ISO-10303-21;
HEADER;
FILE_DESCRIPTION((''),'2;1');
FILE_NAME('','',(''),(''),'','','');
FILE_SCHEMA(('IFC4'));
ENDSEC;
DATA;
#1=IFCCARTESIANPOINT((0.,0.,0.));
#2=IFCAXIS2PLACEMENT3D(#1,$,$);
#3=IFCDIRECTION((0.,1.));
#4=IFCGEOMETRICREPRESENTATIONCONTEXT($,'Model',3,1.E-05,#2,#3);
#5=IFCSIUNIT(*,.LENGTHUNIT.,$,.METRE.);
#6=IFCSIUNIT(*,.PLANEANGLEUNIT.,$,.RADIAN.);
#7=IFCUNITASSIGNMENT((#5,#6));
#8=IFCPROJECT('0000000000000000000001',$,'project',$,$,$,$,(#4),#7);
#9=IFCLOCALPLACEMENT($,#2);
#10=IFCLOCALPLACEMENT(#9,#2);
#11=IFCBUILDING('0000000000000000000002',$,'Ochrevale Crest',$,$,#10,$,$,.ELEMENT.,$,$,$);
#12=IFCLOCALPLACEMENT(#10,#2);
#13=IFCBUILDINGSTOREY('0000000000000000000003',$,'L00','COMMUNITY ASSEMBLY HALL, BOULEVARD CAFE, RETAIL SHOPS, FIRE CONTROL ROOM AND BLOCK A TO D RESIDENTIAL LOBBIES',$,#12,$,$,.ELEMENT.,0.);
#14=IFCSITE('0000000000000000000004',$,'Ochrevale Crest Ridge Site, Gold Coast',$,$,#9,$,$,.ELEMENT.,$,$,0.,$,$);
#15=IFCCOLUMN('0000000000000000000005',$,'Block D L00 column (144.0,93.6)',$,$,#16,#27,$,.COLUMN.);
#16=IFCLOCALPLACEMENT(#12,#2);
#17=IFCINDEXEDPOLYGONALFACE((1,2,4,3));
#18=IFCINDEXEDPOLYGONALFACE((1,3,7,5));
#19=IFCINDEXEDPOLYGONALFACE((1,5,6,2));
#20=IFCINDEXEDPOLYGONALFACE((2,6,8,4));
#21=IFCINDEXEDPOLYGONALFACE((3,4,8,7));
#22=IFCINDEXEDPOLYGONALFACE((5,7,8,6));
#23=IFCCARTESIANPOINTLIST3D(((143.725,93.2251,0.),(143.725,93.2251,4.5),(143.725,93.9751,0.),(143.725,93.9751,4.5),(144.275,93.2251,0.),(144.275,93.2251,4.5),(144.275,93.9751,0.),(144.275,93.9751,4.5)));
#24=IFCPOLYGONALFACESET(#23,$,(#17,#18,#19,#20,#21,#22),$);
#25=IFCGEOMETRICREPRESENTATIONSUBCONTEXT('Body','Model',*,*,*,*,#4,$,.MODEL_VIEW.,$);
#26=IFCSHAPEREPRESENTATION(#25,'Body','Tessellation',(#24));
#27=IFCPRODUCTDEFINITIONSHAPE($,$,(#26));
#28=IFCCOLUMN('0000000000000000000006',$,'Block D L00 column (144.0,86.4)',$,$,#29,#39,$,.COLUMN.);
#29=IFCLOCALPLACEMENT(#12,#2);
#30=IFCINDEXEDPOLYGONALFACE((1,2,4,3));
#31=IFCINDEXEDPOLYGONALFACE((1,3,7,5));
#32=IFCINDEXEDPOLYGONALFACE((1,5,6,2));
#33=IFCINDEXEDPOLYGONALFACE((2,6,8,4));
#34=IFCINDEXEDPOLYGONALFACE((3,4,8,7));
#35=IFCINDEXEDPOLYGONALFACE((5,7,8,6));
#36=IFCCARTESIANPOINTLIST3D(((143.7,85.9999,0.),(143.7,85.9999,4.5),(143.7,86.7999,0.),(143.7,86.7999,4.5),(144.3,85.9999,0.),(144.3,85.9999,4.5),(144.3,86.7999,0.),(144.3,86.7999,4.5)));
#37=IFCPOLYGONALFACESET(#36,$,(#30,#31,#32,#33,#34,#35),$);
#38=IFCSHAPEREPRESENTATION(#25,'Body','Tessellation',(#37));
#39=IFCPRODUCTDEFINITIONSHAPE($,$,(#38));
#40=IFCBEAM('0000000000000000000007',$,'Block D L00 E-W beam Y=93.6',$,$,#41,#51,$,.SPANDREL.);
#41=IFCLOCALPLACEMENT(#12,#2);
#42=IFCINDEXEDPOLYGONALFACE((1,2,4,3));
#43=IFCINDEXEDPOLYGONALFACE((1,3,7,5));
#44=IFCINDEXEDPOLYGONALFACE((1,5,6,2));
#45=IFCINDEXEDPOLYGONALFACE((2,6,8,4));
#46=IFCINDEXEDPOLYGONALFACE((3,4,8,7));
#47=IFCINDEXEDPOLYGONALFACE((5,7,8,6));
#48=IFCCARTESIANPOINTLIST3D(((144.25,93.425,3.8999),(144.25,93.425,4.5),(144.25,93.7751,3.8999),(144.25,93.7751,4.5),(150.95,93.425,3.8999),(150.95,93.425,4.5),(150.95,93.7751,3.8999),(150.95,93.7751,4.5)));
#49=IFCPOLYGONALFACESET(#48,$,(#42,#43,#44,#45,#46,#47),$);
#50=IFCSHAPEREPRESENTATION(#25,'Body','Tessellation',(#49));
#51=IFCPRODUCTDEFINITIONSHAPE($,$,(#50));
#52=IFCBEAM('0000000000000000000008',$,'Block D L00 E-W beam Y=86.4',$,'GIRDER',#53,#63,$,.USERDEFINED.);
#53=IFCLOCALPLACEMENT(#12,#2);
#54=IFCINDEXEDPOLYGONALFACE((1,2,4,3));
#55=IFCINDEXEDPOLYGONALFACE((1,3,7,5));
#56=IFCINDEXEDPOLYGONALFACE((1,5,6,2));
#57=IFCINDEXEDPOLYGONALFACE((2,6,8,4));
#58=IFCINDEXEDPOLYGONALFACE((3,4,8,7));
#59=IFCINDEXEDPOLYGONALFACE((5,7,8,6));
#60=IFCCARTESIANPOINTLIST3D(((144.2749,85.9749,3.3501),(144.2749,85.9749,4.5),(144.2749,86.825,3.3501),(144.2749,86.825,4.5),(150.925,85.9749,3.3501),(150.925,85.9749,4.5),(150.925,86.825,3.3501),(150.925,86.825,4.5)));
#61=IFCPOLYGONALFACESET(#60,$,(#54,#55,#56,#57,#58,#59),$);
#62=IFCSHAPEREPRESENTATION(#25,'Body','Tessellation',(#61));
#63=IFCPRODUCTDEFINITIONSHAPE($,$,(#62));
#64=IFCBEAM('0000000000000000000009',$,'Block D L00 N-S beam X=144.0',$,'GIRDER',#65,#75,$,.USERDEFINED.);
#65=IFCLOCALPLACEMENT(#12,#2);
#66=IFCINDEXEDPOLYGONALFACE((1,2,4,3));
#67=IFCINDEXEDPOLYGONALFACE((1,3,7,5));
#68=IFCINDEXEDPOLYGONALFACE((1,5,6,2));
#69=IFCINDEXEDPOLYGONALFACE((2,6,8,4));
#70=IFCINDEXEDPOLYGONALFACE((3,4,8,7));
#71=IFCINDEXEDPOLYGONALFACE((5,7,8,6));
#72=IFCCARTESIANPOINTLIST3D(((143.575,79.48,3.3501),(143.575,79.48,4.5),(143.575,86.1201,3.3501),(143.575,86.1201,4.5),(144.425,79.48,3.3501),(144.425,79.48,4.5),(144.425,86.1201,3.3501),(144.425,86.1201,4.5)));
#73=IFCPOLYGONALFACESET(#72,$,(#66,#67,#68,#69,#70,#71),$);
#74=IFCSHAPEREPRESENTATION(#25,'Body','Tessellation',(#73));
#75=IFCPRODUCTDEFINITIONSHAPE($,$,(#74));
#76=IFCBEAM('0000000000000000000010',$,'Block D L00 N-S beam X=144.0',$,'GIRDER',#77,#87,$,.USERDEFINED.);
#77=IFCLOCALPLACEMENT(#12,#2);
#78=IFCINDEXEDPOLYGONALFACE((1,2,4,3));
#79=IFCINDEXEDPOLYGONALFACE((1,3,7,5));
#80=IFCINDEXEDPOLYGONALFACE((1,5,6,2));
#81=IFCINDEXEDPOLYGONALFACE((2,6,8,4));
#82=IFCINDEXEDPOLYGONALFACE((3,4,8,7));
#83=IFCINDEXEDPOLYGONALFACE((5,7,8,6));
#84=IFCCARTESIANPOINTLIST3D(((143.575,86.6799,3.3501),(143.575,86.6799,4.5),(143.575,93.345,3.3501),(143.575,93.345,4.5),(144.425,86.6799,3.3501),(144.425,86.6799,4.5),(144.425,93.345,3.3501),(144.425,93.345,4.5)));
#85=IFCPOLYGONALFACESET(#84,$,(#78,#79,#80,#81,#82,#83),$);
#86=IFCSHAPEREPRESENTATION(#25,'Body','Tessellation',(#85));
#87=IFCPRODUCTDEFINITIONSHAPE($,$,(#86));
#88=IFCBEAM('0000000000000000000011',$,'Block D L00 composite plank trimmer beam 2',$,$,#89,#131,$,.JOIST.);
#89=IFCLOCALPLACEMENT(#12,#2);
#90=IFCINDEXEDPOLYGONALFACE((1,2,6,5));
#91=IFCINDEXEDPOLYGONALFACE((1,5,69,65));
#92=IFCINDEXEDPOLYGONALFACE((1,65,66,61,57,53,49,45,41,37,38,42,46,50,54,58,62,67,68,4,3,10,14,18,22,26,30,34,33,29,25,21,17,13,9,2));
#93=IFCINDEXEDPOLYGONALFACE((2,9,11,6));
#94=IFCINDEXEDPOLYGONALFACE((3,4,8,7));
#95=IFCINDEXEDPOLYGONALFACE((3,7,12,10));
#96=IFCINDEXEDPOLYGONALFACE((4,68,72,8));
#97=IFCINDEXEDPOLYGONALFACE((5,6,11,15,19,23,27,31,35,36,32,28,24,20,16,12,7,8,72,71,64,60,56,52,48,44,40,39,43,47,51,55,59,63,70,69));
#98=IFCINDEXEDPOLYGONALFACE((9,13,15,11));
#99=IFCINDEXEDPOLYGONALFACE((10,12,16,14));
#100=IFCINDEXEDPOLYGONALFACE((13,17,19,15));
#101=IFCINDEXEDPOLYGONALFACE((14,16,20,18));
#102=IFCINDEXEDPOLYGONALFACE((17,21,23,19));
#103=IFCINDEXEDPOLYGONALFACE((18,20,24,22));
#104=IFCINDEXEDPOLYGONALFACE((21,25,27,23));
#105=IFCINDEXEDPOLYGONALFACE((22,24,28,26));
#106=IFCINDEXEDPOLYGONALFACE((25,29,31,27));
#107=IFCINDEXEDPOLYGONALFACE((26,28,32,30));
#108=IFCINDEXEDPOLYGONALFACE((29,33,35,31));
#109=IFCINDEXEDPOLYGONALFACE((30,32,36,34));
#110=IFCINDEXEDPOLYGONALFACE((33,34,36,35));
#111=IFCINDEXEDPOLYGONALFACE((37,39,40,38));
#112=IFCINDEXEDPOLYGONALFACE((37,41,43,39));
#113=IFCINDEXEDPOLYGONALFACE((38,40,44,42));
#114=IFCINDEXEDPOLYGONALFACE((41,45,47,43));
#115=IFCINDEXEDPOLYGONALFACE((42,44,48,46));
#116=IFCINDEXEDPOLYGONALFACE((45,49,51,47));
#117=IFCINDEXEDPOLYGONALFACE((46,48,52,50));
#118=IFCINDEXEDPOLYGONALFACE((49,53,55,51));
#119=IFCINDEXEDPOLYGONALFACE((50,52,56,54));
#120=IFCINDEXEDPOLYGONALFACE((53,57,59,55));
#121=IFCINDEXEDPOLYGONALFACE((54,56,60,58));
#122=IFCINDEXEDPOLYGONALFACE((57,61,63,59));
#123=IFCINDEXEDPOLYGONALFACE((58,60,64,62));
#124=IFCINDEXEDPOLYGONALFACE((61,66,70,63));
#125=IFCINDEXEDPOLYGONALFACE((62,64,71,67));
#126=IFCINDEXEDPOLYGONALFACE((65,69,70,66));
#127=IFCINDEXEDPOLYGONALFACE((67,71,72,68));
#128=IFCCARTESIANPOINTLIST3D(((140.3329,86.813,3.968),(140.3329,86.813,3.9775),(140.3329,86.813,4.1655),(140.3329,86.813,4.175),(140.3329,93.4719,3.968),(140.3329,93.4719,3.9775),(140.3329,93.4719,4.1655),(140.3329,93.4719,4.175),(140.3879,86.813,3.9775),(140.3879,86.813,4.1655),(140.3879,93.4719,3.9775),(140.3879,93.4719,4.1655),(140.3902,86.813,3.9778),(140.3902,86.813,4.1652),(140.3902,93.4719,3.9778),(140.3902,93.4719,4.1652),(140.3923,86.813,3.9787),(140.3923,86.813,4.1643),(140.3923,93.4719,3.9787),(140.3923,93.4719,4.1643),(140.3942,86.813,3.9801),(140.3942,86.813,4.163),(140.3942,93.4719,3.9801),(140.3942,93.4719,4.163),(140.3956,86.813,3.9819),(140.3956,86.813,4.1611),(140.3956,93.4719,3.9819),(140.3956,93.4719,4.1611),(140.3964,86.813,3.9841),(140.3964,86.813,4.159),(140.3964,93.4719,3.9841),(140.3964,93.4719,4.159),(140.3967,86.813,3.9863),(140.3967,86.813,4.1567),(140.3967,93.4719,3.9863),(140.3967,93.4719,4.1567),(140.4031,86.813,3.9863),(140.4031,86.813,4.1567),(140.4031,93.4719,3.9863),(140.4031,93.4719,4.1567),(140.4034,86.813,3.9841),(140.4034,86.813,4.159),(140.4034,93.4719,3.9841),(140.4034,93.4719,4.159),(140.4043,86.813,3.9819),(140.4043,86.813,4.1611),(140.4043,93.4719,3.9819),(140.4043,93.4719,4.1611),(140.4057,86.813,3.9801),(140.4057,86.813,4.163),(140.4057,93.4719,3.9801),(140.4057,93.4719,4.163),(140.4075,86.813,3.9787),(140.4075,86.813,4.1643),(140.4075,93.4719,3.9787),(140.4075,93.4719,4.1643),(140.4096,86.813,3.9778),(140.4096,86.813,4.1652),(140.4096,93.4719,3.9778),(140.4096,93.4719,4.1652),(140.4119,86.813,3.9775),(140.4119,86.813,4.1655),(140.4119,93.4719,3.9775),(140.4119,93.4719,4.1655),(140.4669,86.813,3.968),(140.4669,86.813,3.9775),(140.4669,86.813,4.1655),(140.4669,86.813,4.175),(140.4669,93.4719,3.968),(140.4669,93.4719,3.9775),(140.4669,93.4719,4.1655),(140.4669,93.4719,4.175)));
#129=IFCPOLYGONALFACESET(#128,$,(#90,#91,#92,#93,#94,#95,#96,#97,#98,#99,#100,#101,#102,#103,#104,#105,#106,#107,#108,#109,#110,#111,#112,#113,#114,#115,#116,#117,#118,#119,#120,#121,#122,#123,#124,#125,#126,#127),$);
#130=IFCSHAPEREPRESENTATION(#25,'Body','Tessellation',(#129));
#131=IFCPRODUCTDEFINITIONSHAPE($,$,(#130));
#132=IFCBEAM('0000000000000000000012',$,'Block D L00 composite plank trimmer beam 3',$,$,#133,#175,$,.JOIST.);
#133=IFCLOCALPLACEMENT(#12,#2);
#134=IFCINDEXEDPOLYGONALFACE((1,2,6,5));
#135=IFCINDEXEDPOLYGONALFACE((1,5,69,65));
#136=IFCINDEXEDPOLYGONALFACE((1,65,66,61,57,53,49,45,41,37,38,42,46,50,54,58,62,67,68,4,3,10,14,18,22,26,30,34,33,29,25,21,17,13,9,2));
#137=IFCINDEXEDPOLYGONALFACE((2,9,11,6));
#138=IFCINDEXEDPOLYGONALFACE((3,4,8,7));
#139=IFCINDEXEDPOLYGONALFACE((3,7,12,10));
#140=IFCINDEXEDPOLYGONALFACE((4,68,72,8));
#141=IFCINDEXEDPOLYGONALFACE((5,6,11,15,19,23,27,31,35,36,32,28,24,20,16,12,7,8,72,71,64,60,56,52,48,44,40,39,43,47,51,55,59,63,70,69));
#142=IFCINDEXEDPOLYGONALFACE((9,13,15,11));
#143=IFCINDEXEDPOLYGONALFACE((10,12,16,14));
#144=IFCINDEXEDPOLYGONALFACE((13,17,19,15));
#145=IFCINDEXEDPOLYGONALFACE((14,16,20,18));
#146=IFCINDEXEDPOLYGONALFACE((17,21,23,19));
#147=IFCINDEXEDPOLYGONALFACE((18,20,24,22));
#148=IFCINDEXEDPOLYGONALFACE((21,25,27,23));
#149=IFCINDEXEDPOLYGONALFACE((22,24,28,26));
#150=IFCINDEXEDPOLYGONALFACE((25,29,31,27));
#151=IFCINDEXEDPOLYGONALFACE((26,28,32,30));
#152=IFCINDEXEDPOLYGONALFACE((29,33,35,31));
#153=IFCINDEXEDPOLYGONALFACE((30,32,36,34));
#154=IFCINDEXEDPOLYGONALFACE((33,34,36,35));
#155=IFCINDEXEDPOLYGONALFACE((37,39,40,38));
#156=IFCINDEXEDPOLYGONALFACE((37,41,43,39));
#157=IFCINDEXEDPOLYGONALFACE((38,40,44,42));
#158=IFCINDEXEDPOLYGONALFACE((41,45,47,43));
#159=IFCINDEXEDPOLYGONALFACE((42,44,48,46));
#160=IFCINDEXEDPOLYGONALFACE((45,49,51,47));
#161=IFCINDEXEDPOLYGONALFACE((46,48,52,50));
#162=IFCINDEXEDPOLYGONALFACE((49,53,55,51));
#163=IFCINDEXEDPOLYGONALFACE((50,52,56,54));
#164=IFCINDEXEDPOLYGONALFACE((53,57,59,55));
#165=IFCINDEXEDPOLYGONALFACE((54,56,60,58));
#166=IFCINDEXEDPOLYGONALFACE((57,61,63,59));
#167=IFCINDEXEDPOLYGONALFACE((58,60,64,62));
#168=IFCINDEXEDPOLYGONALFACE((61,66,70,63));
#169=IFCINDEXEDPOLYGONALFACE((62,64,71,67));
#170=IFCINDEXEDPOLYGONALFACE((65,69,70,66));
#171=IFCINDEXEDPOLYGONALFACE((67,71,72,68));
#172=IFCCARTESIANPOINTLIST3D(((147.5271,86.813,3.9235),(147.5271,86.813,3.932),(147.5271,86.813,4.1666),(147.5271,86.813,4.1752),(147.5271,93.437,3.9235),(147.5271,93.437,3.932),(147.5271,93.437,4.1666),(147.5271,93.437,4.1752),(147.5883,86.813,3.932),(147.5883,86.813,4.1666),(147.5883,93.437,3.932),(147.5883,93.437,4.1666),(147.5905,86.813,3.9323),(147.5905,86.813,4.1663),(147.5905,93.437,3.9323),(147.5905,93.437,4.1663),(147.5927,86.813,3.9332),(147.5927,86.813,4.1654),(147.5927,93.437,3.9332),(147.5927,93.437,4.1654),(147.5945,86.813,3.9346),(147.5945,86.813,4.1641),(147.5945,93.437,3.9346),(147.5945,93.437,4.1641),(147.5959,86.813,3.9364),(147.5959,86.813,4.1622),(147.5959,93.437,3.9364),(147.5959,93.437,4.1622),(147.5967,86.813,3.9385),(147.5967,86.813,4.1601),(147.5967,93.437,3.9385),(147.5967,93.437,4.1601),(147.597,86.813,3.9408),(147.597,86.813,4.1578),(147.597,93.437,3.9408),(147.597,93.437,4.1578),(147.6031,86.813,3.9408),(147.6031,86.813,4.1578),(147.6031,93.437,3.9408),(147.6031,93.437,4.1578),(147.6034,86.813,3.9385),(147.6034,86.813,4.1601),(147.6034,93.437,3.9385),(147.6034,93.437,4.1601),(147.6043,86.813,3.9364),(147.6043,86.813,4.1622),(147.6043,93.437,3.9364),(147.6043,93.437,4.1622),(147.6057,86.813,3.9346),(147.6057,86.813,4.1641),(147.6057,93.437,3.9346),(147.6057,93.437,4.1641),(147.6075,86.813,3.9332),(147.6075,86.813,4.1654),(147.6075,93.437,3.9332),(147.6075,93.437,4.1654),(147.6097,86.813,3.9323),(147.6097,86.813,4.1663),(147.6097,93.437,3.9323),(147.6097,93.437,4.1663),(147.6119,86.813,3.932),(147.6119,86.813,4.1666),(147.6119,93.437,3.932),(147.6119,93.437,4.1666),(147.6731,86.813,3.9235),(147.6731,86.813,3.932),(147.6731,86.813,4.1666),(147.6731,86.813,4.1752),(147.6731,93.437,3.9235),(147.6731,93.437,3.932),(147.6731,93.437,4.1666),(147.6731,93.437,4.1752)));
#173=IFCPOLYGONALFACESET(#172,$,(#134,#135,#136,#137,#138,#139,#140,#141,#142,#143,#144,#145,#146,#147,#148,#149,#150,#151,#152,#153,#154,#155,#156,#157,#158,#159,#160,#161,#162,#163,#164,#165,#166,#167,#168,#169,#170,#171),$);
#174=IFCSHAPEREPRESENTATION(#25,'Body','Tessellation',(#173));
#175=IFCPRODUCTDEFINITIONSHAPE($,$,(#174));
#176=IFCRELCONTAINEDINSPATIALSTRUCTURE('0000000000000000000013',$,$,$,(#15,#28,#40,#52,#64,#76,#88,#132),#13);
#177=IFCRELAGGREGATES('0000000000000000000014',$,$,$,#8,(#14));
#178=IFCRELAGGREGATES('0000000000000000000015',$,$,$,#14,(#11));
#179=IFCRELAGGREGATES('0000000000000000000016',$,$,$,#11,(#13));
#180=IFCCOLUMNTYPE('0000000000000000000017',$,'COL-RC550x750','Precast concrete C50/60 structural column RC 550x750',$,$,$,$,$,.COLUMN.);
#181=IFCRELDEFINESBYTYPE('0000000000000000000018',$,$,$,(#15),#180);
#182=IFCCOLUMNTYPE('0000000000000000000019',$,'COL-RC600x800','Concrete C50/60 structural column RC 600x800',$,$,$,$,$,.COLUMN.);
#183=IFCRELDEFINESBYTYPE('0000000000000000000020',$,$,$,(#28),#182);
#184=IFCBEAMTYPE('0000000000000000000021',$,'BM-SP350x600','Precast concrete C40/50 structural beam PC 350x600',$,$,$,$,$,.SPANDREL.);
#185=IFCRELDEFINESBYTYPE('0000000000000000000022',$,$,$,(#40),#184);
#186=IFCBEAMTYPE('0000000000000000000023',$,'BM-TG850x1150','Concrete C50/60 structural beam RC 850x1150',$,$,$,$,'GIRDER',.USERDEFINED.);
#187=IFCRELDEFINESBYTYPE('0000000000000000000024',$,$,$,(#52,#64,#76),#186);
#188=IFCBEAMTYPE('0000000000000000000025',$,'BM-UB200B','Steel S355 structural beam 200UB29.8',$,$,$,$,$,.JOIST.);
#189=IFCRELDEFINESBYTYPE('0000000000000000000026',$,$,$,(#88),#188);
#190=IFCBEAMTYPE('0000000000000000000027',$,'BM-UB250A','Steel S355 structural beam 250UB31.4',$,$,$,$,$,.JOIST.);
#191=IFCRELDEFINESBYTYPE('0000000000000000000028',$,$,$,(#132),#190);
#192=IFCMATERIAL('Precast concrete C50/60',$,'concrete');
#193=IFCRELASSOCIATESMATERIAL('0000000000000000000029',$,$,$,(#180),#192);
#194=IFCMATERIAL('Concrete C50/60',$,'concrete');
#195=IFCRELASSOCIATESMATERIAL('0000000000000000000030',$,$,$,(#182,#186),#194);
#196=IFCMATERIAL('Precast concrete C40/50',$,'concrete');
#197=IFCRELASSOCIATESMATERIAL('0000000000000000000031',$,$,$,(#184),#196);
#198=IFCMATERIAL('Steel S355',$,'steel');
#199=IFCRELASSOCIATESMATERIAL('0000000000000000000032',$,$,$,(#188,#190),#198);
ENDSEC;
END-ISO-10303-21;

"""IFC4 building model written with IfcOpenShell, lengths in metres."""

from ifc_helpers import new_model, si_unit, direction, frame, origin, origin_2d, place, context, subcontext, project, spatial, rectangle, i_section, extrude, material, material_profile, profile_set, type_object, element, save


model = new_model("IFC4")

# Units and contexts
model_context = context("Model", 3, precision=1e-05, world=origin(), true_north=direction((0.0, 1.0)))
body_context = subcontext(model_context, "Body", "Model", "MODEL_VIEW")
ifc_project = project(units=[si_unit("LENGTHUNIT", "METRE"), si_unit("PLANEANGLEUNIT", "RADIAN")], contexts=[model_context])

# Site, building, storey
site_placement = place(None, origin())
site = spatial("IfcSite", under=ifc_project, at=site_placement, Name="Ochrevale Crest Ridge Site, Gold Coast", CompositionType="ELEMENT", RefElevation=0.0)
building_placement = place(site_placement, origin())
building = spatial("IfcBuilding", under=site, at=building_placement, Name="Ochrevale Crest", CompositionType="ELEMENT")
storey_placement = place(building_placement, origin())
storey = spatial("IfcBuildingStorey", under=building, at=storey_placement, Name="L00", Description="COMMUNITY ASSEMBLY HALL, BOULEVARD CAFE, RETAIL SHOPS, FIRE CONTROL ROOM AND BLOCK A TO D RESIDENTIAL LOBBIES", CompositionType="ELEMENT", Elevation=0.0)

# Columns
ifc_material_1 = material(Name="Precast concrete C50/60", Category="concrete")
ifc_material_profile_1 = material_profile(ifc_material_1, rectangle(XDim=0.55, YDim=0.75, at=origin_2d()), Name="RC 550x750")
ifc_profile_set_1 = profile_set([ifc_material_profile_1], Name="Precast concrete C50/60")
column_type_1 = type_object("IfcColumnType", Name="COL-RC550x750", Description="Precast concrete C50/60 structural column RC 550x750", PredefinedType="COLUMN", material=ifc_profile_set_1)
column_1_placement = place(storey_placement, frame((144.0, 93.6001, 0.0), z_axis=(0.0, 0.0, 1.0), x_axis=(1.0, 0.0, 0.0)))
element("IfcColumn", 1, at=column_1_placement, inside=storey, type_object=column_type_1, Name="Block D L00 column (144.0,93.6)", PredefinedType="COLUMN", context=body_context, shape_type="SweptSolid", body=[
    extrude(rectangle(XDim=0.55, YDim=0.75, at=origin_2d()), origin(), (0.0, 0.0, 1.0), 4.5),
])
ifc_material_2 = material(Name="Concrete C50/60", Category="concrete")
ifc_material_profile_2 = material_profile(ifc_material_2, rectangle(XDim=0.6001, YDim=0.8, at=origin_2d()), Name="RC 600x800")
ifc_profile_set_2 = profile_set([ifc_material_profile_2], Name="Concrete C50/60")
column_type_2 = type_object("IfcColumnType", Name="COL-RC600x800", Description="Concrete C50/60 structural column RC 600x800", PredefinedType="COLUMN", material=ifc_profile_set_2)
column_2_placement = place(storey_placement, frame((144.0, 86.3999, 0.0), z_axis=(0.0, 0.0, 1.0), x_axis=(1.0, 0.0, 0.0)))
element("IfcColumn", 2, at=column_2_placement, inside=storey, type_object=column_type_2, Name="Block D L00 column (144.0,86.4)", PredefinedType="COLUMN", context=body_context, shape_type="SweptSolid", body=[
    extrude(rectangle(XDim=0.6001, YDim=0.8, at=origin_2d()), origin(), (0.0, 0.0, 1.0), 4.5),
])

# Beams
ifc_material_3 = material(Name="Precast concrete C40/50", Category="concrete")
ifc_material_profile_3 = material_profile(ifc_material_3, rectangle(XDim=0.3501, YDim=0.6001, at=origin_2d()), Name="PC 350x600")
ifc_profile_set_3 = profile_set([ifc_material_profile_3], Name="Precast concrete C40/50")
beam_type_1 = type_object("IfcBeamType", Name="BM-SP350x600", Description="Precast concrete C40/50 structural beam PC 350x600", PredefinedType="SPANDREL", material=ifc_profile_set_3)
beam_1_placement = place(storey_placement, frame((144.25, 93.6001, 4.2), z_axis=(1.0, 0.0, 0.0), x_axis=(0.0, 1.0, 0.0)))
element("IfcBeam", 3, at=beam_1_placement, inside=storey, type_object=beam_type_1, Name="Block D L00 E-W beam Y=93.6", PredefinedType="SPANDREL", context=body_context, shape_type="SweptSolid", body=[
    extrude(rectangle(XDim=0.3501, YDim=0.6001, at=origin_2d()), origin(), (0.0, 0.0, 1.0), 6.7),
])
ifc_material_profile_4 = material_profile(ifc_material_2, rectangle(XDim=0.8501, YDim=1.1499, at=origin_2d()), Name="RC 850x1150")
ifc_profile_set_4 = profile_set([ifc_material_profile_4], Name="Concrete C50/60")
beam_type_2 = type_object("IfcBeamType", Name="BM-TG850x1150", Description="Concrete C50/60 structural beam RC 850x1150", ElementType="GIRDER", PredefinedType="USERDEFINED", material=ifc_profile_set_4)
beam_2_placement = place(storey_placement, frame((144.2749, 86.3999, 3.925), z_axis=(1.0, 0.0, 0.0), x_axis=(0.0, 1.0, 0.0)))
element("IfcBeam", 4, at=beam_2_placement, inside=storey, type_object=beam_type_2, Name="Block D L00 E-W beam Y=86.4", ObjectType="GIRDER", PredefinedType="USERDEFINED", context=body_context, shape_type="SweptSolid", body=[
    extrude(rectangle(XDim=0.8501, YDim=1.1499, at=origin_2d()), origin(), (0.0, 0.0, 1.0), 6.6501),
])
beam_3_placement = place(storey_placement, frame((144.0, 79.48, 3.925), z_axis=(0.0, 1.0, 0.0), x_axis=(-1.0, 0.0, 0.0)))
element("IfcBeam", 5, at=beam_3_placement, inside=storey, type_object=beam_type_2, Name="Block D L00 N-S beam X=144.0", ObjectType="GIRDER", PredefinedType="USERDEFINED", context=body_context, shape_type="SweptSolid", body=[
    extrude(rectangle(XDim=0.8501, YDim=1.1499, at=origin_2d()), origin(), (0.0, 0.0, 1.0), 6.6401),
])
beam_4_placement = place(storey_placement, frame((144.0, 86.6799, 3.925), z_axis=(0.0, 1.0, 0.0), x_axis=(-1.0, 0.0, 0.0)))
element("IfcBeam", 6, at=beam_4_placement, inside=storey, type_object=beam_type_2, Name="Block D L00 N-S beam X=144.0", ObjectType="GIRDER", PredefinedType="USERDEFINED", context=body_context, shape_type="SweptSolid", body=[
    extrude(rectangle(XDim=0.8501, YDim=1.1499, at=origin_2d()), origin(), (0.0, 0.0, 1.0), 6.665),
])
ifc_material_4 = material(Name="Steel S355", Category="steel")
ifc_material_profile_5 = material_profile(ifc_material_4, i_section(OverallWidth=0.134, OverallDepth=0.207, WebThickness=0.0063, FlangeThickness=0.0095, FilletRadius=0.0088, at=origin_2d()), Name="200UB29.8")
ifc_profile_set_5 = profile_set([ifc_material_profile_5], Name="Steel S355")
beam_type_3 = type_object("IfcBeamType", Name="BM-UB200B", Description="Steel S355 structural beam 200UB29.8", PredefinedType="JOIST", material=ifc_profile_set_5)
beam_5_placement = place(storey_placement, frame((140.3999, 86.813, 4.0715), z_axis=(0.0, 1.0, 0.0), x_axis=(-1.0, 0.0, 0.0)))
element("IfcBeam", 7, at=beam_5_placement, inside=storey, type_object=beam_type_3, Name="Block D L00 composite plank trimmer beam 2", PredefinedType="JOIST", context=body_context, shape_type="SweptSolid", body=[
    extrude(i_section(OverallWidth=0.134, OverallDepth=0.207, WebThickness=0.0063, FlangeThickness=0.0095, FilletRadius=0.0088, at=origin_2d()), origin(), (0.0, 0.0, 1.0), 6.6589),
])
ifc_material_profile_6 = material_profile(ifc_material_4, i_section(OverallWidth=0.146, OverallDepth=0.2517, WebThickness=0.0061, FlangeThickness=0.0085, FilletRadius=0.0088, at=origin_2d()), Name="250UB31.4")
ifc_profile_set_6 = profile_set([ifc_material_profile_6], Name="Steel S355")
beam_type_4 = type_object("IfcBeamType", Name="BM-UB250A", Description="Steel S355 structural beam 250UB31.4", PredefinedType="JOIST", material=ifc_profile_set_6)
beam_6_placement = place(storey_placement, frame((147.6001, 86.813, 4.0493), z_axis=(0.0, 1.0, 0.0), x_axis=(-1.0, 0.0, 0.0)))
element("IfcBeam", 8, at=beam_6_placement, inside=storey, type_object=beam_type_4, Name="Block D L00 composite plank trimmer beam 3", PredefinedType="JOIST", context=body_context, shape_type="SweptSolid", body=[
    extrude(i_section(OverallWidth=0.146, OverallDepth=0.2517, WebThickness=0.0061, FlangeThickness=0.0085, FilletRadius=0.0088, at=origin_2d()), origin(), (0.0, 0.0, 1.0), 6.624),
])

save(model, "model.ifc")
